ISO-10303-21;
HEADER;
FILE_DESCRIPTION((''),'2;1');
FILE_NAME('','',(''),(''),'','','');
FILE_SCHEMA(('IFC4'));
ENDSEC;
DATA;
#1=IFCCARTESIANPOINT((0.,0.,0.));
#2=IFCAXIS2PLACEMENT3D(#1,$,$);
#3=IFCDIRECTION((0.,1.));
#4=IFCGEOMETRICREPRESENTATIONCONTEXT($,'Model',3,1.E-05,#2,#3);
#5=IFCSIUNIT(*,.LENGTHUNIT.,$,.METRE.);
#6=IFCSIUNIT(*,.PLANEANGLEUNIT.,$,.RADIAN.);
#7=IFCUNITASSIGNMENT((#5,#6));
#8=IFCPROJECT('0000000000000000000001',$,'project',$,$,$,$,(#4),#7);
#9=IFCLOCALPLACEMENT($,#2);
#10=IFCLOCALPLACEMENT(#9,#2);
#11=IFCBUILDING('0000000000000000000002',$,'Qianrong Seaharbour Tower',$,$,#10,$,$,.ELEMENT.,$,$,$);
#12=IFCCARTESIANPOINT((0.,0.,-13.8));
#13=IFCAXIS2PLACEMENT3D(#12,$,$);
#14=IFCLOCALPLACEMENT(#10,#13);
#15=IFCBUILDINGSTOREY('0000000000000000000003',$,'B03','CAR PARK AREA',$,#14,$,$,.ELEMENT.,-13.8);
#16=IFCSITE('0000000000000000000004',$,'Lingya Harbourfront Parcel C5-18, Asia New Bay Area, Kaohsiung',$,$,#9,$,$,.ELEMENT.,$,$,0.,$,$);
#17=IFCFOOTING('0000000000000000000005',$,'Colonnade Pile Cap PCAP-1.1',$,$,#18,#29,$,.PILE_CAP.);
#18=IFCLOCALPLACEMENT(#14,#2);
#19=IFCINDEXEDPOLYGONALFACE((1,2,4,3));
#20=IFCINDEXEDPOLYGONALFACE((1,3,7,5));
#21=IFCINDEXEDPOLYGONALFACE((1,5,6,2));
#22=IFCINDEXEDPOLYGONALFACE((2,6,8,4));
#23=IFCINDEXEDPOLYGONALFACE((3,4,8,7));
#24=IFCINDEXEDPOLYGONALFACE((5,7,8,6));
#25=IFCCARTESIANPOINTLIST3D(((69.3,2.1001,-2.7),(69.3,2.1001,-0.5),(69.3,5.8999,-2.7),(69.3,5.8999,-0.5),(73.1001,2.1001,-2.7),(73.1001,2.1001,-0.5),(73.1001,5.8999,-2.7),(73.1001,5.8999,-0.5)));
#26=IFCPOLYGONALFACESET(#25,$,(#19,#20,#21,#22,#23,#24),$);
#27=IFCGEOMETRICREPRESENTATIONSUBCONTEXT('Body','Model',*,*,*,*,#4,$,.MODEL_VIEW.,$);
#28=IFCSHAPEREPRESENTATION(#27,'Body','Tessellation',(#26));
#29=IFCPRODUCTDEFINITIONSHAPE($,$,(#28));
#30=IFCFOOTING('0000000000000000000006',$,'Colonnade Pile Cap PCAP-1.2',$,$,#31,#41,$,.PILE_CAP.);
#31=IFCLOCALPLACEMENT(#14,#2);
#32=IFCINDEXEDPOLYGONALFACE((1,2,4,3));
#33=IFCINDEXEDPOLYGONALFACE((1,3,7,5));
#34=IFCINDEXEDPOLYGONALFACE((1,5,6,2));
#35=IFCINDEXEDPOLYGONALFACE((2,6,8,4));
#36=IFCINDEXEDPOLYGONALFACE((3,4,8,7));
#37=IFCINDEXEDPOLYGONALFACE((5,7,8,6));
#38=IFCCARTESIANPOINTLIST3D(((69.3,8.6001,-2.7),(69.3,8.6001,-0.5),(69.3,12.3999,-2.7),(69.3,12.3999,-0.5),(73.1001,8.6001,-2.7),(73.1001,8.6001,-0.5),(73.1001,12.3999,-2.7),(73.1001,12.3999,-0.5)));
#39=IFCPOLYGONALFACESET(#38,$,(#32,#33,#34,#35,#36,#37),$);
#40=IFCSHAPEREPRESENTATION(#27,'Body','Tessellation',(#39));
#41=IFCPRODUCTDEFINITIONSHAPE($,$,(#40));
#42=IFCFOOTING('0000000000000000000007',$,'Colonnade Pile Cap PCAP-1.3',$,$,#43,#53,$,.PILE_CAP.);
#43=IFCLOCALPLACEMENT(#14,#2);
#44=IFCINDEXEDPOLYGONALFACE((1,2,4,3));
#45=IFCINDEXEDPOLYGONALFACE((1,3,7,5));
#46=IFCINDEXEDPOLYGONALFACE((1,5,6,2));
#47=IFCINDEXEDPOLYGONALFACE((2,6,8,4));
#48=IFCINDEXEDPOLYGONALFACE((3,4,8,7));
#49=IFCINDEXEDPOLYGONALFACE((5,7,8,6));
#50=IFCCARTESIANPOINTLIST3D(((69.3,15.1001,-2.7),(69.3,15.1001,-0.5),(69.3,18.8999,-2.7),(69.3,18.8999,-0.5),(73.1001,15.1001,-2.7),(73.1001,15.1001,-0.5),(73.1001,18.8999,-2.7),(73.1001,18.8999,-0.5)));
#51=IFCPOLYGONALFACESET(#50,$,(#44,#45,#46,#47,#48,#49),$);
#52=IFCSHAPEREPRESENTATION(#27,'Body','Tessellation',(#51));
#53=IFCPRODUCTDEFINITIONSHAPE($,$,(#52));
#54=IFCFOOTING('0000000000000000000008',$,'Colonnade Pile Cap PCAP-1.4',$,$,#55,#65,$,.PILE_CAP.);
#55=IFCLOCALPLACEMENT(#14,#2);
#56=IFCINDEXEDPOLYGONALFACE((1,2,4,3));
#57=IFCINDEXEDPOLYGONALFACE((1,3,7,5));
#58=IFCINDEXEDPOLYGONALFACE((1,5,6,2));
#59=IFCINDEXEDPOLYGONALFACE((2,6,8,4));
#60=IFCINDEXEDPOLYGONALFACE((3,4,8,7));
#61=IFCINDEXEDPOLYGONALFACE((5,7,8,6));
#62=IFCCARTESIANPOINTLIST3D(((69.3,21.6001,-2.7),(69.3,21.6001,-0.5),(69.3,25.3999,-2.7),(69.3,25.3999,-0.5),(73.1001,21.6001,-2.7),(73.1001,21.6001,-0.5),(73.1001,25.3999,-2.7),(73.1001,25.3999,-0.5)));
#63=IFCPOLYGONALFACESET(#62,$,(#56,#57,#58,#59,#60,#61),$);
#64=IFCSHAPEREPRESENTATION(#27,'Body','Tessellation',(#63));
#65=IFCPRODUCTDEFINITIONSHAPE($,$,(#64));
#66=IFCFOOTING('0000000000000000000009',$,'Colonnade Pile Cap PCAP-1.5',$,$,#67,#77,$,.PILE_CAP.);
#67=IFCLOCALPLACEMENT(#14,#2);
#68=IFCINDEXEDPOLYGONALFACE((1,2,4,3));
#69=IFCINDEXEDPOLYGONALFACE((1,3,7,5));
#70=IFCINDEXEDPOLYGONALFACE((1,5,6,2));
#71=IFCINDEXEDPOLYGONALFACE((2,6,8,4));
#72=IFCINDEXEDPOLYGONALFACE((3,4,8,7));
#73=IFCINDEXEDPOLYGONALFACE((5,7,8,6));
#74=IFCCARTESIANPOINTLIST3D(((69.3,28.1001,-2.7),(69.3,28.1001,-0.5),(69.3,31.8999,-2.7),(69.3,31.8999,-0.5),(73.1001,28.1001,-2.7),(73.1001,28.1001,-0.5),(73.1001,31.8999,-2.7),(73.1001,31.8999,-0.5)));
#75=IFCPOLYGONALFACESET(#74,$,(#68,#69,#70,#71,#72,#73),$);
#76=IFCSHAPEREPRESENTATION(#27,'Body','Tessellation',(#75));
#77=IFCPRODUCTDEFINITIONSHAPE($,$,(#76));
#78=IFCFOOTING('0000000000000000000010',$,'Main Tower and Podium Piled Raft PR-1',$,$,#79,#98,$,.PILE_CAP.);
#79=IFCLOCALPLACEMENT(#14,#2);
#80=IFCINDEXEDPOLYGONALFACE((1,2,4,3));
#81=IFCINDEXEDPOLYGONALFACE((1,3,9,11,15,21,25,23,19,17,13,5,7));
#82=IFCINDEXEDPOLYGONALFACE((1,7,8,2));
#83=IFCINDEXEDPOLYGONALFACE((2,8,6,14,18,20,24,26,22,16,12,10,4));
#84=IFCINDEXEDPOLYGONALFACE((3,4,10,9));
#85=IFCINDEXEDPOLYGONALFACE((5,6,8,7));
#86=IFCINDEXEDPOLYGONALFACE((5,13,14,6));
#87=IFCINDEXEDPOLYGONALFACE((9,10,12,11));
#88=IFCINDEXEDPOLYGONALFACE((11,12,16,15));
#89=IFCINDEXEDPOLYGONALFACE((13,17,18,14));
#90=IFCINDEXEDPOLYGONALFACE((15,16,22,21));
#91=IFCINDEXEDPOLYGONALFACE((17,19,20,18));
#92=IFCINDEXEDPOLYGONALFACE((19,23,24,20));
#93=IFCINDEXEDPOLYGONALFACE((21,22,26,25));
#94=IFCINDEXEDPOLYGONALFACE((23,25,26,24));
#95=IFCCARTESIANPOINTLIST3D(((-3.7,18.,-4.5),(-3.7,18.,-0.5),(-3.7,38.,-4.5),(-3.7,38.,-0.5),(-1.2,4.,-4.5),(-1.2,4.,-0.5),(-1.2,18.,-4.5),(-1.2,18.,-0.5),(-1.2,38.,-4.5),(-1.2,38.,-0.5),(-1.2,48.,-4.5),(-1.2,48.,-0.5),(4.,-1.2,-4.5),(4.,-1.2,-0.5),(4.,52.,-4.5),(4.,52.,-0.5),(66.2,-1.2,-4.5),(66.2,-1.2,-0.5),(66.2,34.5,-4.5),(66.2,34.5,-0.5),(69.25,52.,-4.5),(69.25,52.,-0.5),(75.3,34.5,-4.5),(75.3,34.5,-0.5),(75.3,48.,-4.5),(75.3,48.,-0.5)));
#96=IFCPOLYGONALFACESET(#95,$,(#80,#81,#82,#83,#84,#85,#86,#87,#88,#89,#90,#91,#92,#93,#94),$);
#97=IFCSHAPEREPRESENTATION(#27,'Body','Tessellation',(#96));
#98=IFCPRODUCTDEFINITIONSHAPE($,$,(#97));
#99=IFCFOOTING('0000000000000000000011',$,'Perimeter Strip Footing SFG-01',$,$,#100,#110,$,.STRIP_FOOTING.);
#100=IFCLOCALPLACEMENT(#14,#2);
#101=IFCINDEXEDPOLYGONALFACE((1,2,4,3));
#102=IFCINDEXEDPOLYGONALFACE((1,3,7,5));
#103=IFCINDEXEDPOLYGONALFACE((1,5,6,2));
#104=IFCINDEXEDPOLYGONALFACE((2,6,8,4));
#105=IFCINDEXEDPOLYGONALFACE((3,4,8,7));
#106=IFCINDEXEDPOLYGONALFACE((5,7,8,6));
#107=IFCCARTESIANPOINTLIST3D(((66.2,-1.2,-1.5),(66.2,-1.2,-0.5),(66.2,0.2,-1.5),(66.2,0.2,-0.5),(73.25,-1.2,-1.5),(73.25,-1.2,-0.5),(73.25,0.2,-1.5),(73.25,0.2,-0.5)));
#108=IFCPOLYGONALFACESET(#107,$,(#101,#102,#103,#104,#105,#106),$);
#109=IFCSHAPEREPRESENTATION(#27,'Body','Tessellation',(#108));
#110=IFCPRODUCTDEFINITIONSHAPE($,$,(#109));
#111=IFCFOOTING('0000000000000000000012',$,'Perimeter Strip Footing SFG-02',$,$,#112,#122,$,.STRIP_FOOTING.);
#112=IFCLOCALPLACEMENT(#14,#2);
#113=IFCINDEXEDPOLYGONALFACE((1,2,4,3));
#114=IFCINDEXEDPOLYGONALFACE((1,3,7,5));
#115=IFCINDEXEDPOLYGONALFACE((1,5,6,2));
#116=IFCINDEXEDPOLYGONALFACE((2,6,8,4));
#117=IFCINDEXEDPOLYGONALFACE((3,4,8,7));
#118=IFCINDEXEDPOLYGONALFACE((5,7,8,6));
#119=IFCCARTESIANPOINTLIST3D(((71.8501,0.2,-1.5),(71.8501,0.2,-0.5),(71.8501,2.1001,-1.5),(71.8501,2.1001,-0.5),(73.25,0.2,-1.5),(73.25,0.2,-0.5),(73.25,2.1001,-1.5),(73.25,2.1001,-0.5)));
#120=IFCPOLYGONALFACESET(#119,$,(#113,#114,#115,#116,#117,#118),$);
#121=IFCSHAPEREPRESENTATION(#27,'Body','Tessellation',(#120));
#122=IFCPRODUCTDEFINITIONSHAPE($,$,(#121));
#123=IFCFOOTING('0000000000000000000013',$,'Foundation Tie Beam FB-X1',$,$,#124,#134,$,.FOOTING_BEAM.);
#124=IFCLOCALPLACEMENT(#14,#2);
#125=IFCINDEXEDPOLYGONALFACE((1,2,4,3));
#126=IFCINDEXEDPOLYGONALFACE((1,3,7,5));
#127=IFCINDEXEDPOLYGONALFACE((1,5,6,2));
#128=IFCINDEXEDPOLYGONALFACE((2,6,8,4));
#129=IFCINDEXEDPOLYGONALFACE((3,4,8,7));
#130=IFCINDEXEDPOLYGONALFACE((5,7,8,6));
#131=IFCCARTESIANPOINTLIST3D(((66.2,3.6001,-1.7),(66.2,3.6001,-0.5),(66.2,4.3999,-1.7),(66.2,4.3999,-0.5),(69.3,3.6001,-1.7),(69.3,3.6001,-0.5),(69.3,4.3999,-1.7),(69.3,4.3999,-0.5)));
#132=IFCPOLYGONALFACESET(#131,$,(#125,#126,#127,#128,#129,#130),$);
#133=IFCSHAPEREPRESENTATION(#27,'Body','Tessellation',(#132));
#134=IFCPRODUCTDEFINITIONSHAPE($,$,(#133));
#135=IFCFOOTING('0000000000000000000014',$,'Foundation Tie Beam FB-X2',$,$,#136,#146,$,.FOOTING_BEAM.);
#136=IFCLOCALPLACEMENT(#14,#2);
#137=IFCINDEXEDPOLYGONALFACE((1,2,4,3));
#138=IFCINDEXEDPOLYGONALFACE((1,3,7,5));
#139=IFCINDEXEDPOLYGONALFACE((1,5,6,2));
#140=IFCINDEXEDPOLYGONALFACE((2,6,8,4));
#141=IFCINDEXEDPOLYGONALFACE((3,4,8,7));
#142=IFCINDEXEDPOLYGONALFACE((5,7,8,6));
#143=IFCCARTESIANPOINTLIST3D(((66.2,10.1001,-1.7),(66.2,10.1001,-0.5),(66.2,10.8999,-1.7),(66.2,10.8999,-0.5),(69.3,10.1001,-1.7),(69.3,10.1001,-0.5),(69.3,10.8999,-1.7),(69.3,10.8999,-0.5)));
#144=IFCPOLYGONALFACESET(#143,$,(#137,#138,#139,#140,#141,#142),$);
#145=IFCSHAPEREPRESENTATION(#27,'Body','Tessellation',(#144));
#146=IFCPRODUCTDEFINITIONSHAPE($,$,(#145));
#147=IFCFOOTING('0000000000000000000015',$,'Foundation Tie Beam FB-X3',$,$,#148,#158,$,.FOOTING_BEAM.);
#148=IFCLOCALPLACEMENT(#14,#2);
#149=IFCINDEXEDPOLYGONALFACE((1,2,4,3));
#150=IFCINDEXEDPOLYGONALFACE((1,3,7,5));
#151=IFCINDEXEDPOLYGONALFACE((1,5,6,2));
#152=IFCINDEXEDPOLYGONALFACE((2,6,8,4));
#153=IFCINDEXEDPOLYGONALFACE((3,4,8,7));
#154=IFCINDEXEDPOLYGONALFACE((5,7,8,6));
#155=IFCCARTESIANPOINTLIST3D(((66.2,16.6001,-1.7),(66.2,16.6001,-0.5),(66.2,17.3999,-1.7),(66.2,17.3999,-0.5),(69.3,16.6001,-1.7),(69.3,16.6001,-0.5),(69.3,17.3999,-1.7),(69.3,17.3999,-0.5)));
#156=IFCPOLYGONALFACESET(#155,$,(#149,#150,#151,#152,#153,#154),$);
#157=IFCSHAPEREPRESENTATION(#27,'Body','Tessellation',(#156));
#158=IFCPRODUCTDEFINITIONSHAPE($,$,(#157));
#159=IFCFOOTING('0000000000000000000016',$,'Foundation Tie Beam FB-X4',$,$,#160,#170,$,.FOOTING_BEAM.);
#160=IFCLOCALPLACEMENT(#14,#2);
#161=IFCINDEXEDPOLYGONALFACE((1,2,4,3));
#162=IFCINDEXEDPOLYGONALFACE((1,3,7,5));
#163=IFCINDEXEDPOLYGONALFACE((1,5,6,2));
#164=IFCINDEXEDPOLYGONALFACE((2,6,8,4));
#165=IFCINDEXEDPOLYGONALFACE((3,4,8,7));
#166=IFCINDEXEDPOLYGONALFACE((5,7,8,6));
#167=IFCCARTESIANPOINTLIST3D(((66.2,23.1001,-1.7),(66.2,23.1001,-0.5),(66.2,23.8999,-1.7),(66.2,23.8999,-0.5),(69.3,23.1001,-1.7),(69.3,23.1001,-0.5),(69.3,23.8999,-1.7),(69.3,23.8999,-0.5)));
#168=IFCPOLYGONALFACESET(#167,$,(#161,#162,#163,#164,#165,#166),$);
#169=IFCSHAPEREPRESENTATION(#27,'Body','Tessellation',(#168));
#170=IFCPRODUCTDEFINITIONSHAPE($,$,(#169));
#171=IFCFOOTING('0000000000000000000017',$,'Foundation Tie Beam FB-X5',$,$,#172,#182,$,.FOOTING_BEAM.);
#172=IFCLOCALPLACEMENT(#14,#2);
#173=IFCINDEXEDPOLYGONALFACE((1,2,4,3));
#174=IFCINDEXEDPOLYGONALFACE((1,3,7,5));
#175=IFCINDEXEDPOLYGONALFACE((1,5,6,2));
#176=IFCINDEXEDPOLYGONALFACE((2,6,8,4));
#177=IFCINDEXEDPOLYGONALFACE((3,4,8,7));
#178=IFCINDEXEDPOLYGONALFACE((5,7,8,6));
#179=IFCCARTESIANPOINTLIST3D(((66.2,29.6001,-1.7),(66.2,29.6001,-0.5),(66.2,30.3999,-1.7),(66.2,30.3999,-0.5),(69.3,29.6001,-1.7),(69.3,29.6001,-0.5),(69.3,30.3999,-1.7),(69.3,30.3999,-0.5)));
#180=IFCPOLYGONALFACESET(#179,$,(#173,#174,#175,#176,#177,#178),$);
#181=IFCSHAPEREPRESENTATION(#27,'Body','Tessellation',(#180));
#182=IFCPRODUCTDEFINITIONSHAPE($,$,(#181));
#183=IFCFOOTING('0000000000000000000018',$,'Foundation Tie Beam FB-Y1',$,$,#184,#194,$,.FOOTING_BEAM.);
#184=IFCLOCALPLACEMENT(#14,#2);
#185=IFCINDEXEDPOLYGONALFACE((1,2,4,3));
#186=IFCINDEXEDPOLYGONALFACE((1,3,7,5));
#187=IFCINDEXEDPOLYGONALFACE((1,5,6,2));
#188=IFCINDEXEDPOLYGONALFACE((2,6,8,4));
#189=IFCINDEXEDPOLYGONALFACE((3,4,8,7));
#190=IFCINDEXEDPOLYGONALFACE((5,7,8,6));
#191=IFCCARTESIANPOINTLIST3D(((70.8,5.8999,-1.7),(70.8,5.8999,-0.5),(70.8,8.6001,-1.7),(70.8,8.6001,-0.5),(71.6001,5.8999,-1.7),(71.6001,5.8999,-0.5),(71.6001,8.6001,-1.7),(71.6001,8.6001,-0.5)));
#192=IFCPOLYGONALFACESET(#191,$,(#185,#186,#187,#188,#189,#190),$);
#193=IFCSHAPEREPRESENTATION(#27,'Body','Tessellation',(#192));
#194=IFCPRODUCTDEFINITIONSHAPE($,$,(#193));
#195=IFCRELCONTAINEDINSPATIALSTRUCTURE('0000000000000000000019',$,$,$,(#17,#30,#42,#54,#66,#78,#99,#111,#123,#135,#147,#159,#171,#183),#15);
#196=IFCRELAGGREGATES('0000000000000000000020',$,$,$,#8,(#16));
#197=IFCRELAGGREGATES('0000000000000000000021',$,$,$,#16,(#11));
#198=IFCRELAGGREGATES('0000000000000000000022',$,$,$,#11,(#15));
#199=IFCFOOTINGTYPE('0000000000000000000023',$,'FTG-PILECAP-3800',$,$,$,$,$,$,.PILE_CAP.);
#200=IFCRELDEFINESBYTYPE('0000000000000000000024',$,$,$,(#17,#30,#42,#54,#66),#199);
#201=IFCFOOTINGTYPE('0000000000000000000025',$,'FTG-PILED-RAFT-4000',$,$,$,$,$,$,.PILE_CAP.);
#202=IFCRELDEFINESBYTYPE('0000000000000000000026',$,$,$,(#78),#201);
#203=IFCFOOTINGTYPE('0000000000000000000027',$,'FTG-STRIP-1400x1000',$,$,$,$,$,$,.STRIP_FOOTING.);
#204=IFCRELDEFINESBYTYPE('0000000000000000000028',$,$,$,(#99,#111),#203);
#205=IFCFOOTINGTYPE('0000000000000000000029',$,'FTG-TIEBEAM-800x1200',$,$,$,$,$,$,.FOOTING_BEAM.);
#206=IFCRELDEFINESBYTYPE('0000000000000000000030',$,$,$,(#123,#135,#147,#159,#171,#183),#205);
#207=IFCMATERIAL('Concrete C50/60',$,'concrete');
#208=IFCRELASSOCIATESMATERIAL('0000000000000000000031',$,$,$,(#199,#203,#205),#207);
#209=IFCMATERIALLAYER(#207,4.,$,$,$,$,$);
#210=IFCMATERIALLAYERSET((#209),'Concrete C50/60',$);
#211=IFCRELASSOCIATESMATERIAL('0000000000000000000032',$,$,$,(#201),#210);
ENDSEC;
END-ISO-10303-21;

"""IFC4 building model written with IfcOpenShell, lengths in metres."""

from ifc_helpers import new_model, si_unit, direction, frame, origin, place, context, subcontext, project, spatial, polyline, outline, extrude, material, layer, layer_set, type_object, element, save


model = new_model("IFC4")

# Units and contexts
model_context = context("Model", 3, precision=1e-05, world=origin(), true_north=direction((0.0, 1.0)))
body_context = subcontext(model_context, "Body", "Model", "MODEL_VIEW")
ifc_project = project(units=[si_unit("LENGTHUNIT", "METRE"), si_unit("PLANEANGLEUNIT", "RADIAN")], contexts=[model_context])

# Site, building, storey
site_placement = place(None, origin())
site = spatial("IfcSite", under=ifc_project, at=site_placement, Name="Lingya Harbourfront Parcel C5-18, Asia New Bay Area, Kaohsiung", CompositionType="ELEMENT", RefElevation=0.0)
building_placement = place(site_placement, origin())
building = spatial("IfcBuilding", under=site, at=building_placement, Name="Qianrong Seaharbour Tower", CompositionType="ELEMENT")
storey_placement = place(building_placement, frame((0.0, 0.0, -13.8)))
storey = spatial("IfcBuildingStorey", under=building, at=storey_placement, Name="B03", Description="CAR PARK AREA", CompositionType="ELEMENT", Elevation=-13.8)

# Footings
ifc_material_1 = material(Name="Concrete C50/60", Category="concrete")
footing_type_1 = type_object("IfcFootingType", Name="FTG-PILECAP-3800", PredefinedType="PILE_CAP", material=ifc_material_1)
footing_1_placement = place(storey_placement, frame((0.0, 0.0, -2.7)))
element("IfcFooting", 1, at=footing_1_placement, inside=storey, type_object=footing_type_1, Name="Colonnade Pile Cap PCAP-1.1", PredefinedType="PILE_CAP", context=body_context, shape_type="SweptSolid", body=[
    extrude(outline(polyline([(69.3, 2.1001), (73.1001, 2.1001), (73.1001, 5.8999), (69.3, 5.8999), (69.3, 2.1001)])), origin(), (0.0, 0.0, 1.0), 2.2),
])
footing_2_placement = place(storey_placement, frame((0.0, 0.0, -2.7)))
element("IfcFooting", 2, at=footing_2_placement, inside=storey, type_object=footing_type_1, Name="Colonnade Pile Cap PCAP-1.2", PredefinedType="PILE_CAP", context=body_context, shape_type="SweptSolid", body=[
    extrude(outline(polyline([(69.3, 8.6001), (73.1001, 8.6001), (73.1001, 12.3999), (69.3, 12.3999), (69.3, 8.6001)])), origin(), (0.0, 0.0, 1.0), 2.2),
])
footing_3_placement = place(storey_placement, frame((0.0, 0.0, -2.7)))
element("IfcFooting", 3, at=footing_3_placement, inside=storey, type_object=footing_type_1, Name="Colonnade Pile Cap PCAP-1.3", PredefinedType="PILE_CAP", context=body_context, shape_type="SweptSolid", body=[
    extrude(outline(polyline([(69.3, 15.1001), (73.1001, 15.1001), (73.1001, 18.8999), (69.3, 18.8999), (69.3, 15.1001)])), origin(), (0.0, 0.0, 1.0), 2.2),
])
footing_4_placement = place(storey_placement, frame((0.0, 0.0, -2.7)))
element("IfcFooting", 4, at=footing_4_placement, inside=storey, type_object=footing_type_1, Name="Colonnade Pile Cap PCAP-1.4", PredefinedType="PILE_CAP", context=body_context, shape_type="SweptSolid", body=[
    extrude(outline(polyline([(69.3, 21.6001), (73.1001, 21.6001), (73.1001, 25.3999), (69.3, 25.3999), (69.3, 21.6001)])), origin(), (0.0, 0.0, 1.0), 2.2),
])
footing_5_placement = place(storey_placement, frame((0.0, 0.0, -2.7)))
element("IfcFooting", 5, at=footing_5_placement, inside=storey, type_object=footing_type_1, Name="Colonnade Pile Cap PCAP-1.5", PredefinedType="PILE_CAP", context=body_context, shape_type="SweptSolid", body=[
    extrude(outline(polyline([(69.3, 28.1001), (73.1001, 28.1001), (73.1001, 31.8999), (69.3, 31.8999), (69.3, 28.1001)])), origin(), (0.0, 0.0, 1.0), 2.2),
])
ifc_layer_1 = layer(ifc_material_1, 4.0)
ifc_layer_set_1 = layer_set([ifc_layer_1], Name="Concrete C50/60")
footing_type_2 = type_object("IfcFootingType", Name="FTG-PILED-RAFT-4000", PredefinedType="PILE_CAP", material=ifc_layer_set_1)
footing_6_placement = place(storey_placement, frame((0.0, 0.0, -4.5)))
element("IfcFooting", 6, at=footing_6_placement, inside=storey, type_object=footing_type_2, Name="Main Tower and Podium Piled Raft PR-1", PredefinedType="PILE_CAP", context=body_context, shape_type="SweptSolid", body=[
    extrude(outline(polyline([(4.0, -1.2), (66.2, -1.2), (66.2, 34.5), (75.3, 34.5), (75.3, 48.0), (69.25, 52.0), (4.0, 52.0), (-1.2, 48.0), (-1.2, 38.0), (-3.7, 38.0), (-3.7, 18.0), (-1.2, 18.0), (-1.2, 4.0), (4.0, -1.2)])), origin(), (0.0, 0.0, 1.0), 4.0),
])
footing_type_3 = type_object("IfcFootingType", Name="FTG-STRIP-1400x1000", PredefinedType="STRIP_FOOTING", material=ifc_material_1)
footing_7_placement = place(storey_placement, frame((0.0, 0.0, -1.5)))
element("IfcFooting", 7, at=footing_7_placement, inside=storey, type_object=footing_type_3, Name="Perimeter Strip Footing SFG-01", PredefinedType="STRIP_FOOTING", context=body_context, shape_type="SweptSolid", body=[
    extrude(outline(polyline([(66.2, -1.2), (73.25, -1.2), (73.25, 0.2), (66.2, 0.2), (66.2, -1.2)])), origin(), (0.0, 0.0, 1.0), 1.0),
])
footing_8_placement = place(storey_placement, frame((0.0, 0.0, -1.5)))
element("IfcFooting", 8, at=footing_8_placement, inside=storey, type_object=footing_type_3, Name="Perimeter Strip Footing SFG-02", PredefinedType="STRIP_FOOTING", context=body_context, shape_type="SweptSolid", body=[
    extrude(outline(polyline([(71.8501, 0.2), (73.25, 0.2), (73.25, 2.1001), (71.8501, 2.1001), (71.8501, 0.2)])), origin(), (0.0, 0.0, 1.0), 1.0),
])
footing_type_4 = type_object("IfcFootingType", Name="FTG-TIEBEAM-800x1200", PredefinedType="FOOTING_BEAM", material=ifc_material_1)
footing_9_placement = place(storey_placement, frame((0.0, 0.0, -1.7)))
element("IfcFooting", 9, at=footing_9_placement, inside=storey, type_object=footing_type_4, Name="Foundation Tie Beam FB-X1", PredefinedType="FOOTING_BEAM", context=body_context, shape_type="SweptSolid", body=[
    extrude(outline(polyline([(66.2, 3.6001), (69.3, 3.6001), (69.3, 4.3999), (66.2, 4.3999), (66.2, 3.6001)])), origin(), (0.0, 0.0, 1.0), 1.2),
])
footing_10_placement = place(storey_placement, frame((0.0, 0.0, -1.7)))
element("IfcFooting", 10, at=footing_10_placement, inside=storey, type_object=footing_type_4, Name="Foundation Tie Beam FB-X2", PredefinedType="FOOTING_BEAM", context=body_context, shape_type="SweptSolid", body=[
    extrude(outline(polyline([(66.2, 10.1001), (69.3, 10.1001), (69.3, 10.8999), (66.2, 10.8999), (66.2, 10.1001)])), origin(), (0.0, 0.0, 1.0), 1.2),
])
footing_11_placement = place(storey_placement, frame((0.0, 0.0, -1.7)))
element("IfcFooting", 11, at=footing_11_placement, inside=storey, type_object=footing_type_4, Name="Foundation Tie Beam FB-X3", PredefinedType="FOOTING_BEAM", context=body_context, shape_type="SweptSolid", body=[
    extrude(outline(polyline([(66.2, 16.6001), (69.3, 16.6001), (69.3, 17.3999), (66.2, 17.3999), (66.2, 16.6001)])), origin(), (0.0, 0.0, 1.0), 1.2),
])
footing_12_placement = place(storey_placement, frame((0.0, 0.0, -1.7)))
element("IfcFooting", 12, at=footing_12_placement, inside=storey, type_object=footing_type_4, Name="Foundation Tie Beam FB-X4", PredefinedType="FOOTING_BEAM", context=body_context, shape_type="SweptSolid", body=[
    extrude(outline(polyline([(66.2, 23.1001), (69.3, 23.1001), (69.3, 23.8999), (66.2, 23.8999), (66.2, 23.1001)])), origin(), (0.0, 0.0, 1.0), 1.2),
])
footing_13_placement = place(storey_placement, frame((0.0, 0.0, -1.7)))
element("IfcFooting", 13, at=footing_13_placement, inside=storey, type_object=footing_type_4, Name="Foundation Tie Beam FB-X5", PredefinedType="FOOTING_BEAM", context=body_context, shape_type="SweptSolid", body=[
    extrude(outline(polyline([(66.2, 29.6001), (69.3, 29.6001), (69.3, 30.3999), (66.2, 30.3999), (66.2, 29.6001)])), origin(), (0.0, 0.0, 1.0), 1.2),
])
footing_14_placement = place(storey_placement, frame((0.0, 0.0, -1.7)))
element("IfcFooting", 14, at=footing_14_placement, inside=storey, type_object=footing_type_4, Name="Foundation Tie Beam FB-Y1", PredefinedType="FOOTING_BEAM", context=body_context, shape_type="SweptSolid", body=[
    extrude(outline(polyline([(70.8, 5.8999), (71.6001, 5.8999), (71.6001, 8.6001), (70.8, 8.6001), (70.8, 5.8999)])), origin(), (0.0, 0.0, 1.0), 1.2),
])

save(model, "model.ifc")
